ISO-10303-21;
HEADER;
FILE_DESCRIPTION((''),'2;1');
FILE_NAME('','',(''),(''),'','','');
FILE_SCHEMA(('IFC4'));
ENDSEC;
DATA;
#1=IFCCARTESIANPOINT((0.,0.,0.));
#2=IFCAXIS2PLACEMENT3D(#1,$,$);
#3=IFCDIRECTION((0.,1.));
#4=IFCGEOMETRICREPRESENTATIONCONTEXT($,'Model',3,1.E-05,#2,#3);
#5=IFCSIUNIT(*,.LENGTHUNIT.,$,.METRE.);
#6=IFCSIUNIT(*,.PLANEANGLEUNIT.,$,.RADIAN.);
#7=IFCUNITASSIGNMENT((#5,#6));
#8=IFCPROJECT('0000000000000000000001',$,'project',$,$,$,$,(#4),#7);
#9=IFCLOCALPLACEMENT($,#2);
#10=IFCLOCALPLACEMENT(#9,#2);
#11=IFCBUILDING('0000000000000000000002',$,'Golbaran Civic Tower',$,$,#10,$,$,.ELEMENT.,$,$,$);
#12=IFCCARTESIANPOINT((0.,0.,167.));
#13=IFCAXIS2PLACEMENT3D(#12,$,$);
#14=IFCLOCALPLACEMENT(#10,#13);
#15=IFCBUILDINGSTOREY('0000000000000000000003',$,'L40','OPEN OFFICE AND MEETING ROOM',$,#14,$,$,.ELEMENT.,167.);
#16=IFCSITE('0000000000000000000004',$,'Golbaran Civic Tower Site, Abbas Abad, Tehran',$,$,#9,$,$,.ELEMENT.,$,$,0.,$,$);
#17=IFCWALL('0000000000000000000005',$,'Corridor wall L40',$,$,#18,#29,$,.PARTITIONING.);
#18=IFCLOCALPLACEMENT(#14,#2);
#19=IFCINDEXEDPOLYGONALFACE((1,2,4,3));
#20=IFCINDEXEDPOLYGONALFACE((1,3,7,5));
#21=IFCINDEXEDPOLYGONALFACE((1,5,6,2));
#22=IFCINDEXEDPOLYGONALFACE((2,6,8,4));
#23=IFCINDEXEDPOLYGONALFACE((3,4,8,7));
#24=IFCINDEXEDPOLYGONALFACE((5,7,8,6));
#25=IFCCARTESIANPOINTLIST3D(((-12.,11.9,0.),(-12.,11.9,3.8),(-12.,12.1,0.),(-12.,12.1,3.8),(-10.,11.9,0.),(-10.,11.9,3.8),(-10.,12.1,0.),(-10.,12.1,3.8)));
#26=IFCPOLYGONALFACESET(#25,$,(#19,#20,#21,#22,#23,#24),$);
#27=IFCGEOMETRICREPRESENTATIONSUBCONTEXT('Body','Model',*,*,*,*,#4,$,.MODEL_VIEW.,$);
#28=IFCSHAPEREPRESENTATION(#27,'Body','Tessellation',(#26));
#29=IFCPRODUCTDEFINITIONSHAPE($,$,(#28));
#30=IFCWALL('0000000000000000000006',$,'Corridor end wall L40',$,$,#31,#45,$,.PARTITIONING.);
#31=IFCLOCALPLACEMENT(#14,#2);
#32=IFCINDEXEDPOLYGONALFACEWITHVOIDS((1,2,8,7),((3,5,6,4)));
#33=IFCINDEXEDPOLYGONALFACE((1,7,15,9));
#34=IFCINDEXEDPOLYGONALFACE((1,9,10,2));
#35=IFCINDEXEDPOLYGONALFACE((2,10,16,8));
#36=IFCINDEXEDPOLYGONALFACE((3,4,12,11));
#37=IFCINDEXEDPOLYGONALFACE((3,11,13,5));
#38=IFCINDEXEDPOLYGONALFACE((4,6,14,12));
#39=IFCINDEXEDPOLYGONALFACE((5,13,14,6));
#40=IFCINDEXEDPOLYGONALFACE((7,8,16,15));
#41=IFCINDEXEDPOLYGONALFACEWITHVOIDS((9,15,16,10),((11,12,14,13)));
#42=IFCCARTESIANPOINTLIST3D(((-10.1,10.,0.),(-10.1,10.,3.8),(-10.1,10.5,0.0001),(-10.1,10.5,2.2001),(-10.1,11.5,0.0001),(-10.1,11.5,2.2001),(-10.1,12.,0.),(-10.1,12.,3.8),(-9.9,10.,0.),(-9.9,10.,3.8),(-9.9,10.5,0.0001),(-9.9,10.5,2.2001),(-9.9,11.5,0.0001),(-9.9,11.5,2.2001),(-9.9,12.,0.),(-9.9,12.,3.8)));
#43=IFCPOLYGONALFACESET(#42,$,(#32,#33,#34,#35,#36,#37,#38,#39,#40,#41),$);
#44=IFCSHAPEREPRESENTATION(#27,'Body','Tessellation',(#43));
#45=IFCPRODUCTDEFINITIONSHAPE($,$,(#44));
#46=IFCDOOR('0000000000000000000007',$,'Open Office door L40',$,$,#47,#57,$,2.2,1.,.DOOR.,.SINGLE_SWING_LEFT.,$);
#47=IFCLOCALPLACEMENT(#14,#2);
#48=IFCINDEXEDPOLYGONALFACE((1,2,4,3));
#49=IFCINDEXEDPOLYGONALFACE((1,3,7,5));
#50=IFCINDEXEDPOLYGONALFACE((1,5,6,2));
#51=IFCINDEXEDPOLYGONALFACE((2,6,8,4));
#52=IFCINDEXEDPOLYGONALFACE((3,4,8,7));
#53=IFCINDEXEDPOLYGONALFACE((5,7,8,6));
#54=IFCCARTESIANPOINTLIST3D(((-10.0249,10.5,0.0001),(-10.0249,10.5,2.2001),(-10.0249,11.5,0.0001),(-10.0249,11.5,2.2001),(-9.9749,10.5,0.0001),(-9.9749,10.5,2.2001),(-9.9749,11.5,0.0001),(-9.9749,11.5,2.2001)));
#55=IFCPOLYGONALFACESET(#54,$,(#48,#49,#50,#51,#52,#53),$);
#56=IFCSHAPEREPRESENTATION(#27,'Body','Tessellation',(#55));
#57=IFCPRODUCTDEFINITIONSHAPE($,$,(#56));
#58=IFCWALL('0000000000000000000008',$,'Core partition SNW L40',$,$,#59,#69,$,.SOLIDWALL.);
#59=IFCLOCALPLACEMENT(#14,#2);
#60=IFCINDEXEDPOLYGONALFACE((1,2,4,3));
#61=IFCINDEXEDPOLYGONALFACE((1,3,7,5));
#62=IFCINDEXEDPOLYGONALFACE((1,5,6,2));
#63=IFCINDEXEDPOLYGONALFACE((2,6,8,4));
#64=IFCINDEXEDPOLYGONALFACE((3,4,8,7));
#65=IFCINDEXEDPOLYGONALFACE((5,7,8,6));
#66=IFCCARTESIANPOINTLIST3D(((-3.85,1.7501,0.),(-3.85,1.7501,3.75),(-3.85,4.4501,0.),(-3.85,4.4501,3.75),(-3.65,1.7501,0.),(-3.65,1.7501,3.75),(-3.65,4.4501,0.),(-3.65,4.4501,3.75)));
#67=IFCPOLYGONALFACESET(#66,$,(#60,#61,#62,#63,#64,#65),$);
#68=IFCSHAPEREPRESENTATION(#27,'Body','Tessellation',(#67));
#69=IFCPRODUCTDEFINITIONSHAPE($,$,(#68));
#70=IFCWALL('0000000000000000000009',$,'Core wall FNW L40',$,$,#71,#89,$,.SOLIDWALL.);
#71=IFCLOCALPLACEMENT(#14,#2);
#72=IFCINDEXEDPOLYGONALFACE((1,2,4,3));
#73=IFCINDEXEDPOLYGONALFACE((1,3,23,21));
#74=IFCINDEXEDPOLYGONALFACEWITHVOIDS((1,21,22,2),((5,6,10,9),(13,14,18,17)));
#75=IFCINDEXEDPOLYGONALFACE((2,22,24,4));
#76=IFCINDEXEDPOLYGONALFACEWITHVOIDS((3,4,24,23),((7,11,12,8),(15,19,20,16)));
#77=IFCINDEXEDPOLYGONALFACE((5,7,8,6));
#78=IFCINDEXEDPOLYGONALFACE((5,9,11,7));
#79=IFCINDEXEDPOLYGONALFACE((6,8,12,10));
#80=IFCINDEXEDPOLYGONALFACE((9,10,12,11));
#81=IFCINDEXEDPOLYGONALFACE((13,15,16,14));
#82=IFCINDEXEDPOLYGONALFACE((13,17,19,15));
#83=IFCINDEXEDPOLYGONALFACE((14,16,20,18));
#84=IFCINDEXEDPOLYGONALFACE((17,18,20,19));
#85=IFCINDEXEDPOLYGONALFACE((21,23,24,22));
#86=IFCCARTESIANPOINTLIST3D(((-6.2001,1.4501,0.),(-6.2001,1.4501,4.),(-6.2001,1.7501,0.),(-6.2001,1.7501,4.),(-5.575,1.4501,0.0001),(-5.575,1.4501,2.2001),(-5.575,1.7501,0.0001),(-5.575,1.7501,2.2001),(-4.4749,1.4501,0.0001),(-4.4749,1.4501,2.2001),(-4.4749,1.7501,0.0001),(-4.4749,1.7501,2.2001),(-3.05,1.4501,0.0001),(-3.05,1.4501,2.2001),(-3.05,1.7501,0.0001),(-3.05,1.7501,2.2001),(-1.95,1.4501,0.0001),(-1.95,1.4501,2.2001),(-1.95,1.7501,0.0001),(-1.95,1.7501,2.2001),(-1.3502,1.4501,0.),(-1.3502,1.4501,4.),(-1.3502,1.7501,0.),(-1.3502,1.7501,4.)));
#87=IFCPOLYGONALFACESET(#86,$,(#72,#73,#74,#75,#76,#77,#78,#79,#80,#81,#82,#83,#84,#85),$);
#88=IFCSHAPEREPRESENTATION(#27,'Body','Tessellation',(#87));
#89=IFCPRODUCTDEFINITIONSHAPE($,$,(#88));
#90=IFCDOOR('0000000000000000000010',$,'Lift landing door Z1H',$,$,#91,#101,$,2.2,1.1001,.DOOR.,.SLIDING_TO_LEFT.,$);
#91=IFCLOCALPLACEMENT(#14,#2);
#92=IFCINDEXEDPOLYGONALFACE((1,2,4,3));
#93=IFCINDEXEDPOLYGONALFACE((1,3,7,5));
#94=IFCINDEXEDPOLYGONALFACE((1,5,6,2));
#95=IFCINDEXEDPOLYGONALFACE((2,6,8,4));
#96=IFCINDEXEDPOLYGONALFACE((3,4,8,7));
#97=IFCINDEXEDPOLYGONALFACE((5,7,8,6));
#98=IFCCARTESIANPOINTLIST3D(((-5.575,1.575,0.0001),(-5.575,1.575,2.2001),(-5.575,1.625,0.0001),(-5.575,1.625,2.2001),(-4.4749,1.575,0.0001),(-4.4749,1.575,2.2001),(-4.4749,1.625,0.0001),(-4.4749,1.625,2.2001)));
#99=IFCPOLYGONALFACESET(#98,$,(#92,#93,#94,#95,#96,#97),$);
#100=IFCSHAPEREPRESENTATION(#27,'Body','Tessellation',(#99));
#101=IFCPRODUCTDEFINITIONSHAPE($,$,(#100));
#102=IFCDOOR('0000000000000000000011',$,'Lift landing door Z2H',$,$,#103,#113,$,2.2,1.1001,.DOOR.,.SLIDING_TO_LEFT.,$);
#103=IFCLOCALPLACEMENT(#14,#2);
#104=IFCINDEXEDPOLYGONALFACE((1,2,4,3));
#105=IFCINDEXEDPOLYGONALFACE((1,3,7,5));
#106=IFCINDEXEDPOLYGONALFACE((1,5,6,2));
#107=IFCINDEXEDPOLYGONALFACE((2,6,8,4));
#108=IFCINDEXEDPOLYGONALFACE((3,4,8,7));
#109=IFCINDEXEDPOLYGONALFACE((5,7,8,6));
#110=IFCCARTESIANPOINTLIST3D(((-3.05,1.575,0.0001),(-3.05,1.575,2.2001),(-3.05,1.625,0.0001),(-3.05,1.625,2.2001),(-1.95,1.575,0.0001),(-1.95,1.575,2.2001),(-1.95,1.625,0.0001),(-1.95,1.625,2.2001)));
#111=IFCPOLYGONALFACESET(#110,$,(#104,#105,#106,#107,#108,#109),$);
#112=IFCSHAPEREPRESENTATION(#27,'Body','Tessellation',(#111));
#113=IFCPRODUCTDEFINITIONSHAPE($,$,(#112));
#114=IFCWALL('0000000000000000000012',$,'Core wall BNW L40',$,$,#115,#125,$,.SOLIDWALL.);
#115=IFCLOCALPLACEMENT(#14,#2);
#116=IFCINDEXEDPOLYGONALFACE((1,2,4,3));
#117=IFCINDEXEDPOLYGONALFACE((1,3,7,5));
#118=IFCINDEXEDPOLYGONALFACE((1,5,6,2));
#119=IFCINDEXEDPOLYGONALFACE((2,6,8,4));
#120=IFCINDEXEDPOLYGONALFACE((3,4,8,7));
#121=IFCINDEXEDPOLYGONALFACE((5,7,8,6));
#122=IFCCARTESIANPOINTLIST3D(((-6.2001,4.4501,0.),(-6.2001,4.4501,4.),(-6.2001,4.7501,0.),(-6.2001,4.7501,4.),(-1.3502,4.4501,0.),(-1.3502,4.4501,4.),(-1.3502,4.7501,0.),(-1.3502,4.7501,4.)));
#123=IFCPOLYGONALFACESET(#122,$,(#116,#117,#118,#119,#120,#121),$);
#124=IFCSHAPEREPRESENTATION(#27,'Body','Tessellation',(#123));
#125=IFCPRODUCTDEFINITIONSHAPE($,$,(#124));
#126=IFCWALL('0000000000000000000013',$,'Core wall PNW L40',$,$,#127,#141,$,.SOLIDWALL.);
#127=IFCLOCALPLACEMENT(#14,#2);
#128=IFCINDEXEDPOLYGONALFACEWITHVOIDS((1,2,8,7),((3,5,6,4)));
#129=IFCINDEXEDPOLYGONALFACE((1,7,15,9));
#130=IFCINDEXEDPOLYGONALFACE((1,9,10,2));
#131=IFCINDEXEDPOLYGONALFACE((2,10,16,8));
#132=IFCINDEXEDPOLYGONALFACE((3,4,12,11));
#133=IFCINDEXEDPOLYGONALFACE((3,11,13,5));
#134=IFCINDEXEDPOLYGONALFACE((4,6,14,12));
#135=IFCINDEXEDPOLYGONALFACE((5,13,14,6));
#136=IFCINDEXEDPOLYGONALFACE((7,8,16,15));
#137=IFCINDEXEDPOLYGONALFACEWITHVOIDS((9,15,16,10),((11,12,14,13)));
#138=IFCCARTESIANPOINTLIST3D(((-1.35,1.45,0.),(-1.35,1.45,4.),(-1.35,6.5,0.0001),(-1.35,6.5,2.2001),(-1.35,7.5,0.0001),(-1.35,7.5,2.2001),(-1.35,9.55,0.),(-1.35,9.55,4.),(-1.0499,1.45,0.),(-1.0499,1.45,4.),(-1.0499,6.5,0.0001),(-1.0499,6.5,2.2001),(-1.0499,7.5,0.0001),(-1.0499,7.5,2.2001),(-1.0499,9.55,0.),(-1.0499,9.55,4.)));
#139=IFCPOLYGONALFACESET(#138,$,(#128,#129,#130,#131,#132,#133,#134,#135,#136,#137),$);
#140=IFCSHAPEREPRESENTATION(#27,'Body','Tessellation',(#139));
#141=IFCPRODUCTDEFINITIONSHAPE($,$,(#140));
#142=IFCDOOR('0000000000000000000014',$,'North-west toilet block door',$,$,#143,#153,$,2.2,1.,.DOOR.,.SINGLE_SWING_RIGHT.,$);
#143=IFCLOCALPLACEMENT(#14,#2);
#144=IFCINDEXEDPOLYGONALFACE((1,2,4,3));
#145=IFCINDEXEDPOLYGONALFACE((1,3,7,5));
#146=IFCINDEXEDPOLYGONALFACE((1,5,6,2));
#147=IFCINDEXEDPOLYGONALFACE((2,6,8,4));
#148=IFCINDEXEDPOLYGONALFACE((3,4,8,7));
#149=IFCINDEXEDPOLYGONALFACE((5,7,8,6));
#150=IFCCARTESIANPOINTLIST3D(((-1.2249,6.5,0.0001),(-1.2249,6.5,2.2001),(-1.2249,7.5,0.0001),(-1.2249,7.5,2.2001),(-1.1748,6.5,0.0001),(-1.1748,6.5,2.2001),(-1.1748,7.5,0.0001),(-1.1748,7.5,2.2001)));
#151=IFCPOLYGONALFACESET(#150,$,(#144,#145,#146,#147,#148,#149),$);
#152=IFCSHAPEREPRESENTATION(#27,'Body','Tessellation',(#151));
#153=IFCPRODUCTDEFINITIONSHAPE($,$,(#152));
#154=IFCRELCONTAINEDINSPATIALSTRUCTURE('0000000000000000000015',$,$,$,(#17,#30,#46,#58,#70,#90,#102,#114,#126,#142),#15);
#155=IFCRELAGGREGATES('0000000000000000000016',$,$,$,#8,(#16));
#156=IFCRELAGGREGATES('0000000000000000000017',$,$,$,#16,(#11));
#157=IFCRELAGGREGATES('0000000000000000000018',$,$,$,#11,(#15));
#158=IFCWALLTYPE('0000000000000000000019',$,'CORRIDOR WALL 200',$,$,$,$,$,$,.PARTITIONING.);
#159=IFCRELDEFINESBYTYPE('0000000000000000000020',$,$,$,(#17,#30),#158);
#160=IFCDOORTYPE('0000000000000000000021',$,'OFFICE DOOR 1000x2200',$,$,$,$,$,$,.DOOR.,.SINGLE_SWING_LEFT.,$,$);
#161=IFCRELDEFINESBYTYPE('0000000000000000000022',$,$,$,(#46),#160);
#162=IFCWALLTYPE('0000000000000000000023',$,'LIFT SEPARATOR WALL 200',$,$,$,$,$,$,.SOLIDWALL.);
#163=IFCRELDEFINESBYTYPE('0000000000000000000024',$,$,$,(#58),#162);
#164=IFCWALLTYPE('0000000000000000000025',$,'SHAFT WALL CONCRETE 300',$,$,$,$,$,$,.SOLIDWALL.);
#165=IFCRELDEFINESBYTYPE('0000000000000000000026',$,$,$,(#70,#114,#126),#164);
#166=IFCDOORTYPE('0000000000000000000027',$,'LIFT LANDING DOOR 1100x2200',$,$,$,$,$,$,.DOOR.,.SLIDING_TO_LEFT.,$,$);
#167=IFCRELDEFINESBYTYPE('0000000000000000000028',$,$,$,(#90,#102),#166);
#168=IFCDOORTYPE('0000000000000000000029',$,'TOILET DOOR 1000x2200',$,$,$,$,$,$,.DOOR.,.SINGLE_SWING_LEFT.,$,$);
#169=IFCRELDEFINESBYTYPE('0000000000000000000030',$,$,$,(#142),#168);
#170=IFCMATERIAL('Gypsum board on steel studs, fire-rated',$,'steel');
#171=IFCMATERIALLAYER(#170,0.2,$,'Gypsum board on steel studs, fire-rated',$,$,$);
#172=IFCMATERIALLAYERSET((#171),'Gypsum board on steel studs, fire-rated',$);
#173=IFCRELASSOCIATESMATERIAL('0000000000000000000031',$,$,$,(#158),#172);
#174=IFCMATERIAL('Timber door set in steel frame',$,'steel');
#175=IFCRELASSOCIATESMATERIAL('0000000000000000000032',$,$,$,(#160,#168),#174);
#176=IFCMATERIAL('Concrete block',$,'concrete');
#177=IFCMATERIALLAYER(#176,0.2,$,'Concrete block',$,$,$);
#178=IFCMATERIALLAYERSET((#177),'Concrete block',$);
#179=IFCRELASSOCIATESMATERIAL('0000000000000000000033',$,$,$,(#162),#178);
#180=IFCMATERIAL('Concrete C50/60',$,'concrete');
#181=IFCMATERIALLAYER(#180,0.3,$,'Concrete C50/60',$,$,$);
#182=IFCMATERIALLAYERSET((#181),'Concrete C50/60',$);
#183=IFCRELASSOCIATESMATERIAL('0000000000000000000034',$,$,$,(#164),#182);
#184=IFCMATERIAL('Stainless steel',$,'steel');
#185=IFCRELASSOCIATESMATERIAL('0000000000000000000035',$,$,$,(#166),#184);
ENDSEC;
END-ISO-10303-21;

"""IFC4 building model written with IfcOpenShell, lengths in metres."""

from ifc_helpers import new_model, si_unit, direction, frame, frame_2d, origin, place, context, subcontext, project, spatial, rectangle, extrude, material, layer, layer_set, type_object, element, fill, save


model = new_model("IFC4")

# Units and contexts
model_context = context("Model", 3, precision=1e-05, world=origin(), true_north=direction((0.0, 1.0)))
body_context = subcontext(model_context, "Body", "Model", "MODEL_VIEW")
ifc_project = project(units=[si_unit("LENGTHUNIT", "METRE"), si_unit("PLANEANGLEUNIT", "RADIAN")], contexts=[model_context])

# Site, building, storey
site_placement = place(None, origin())
site = spatial("IfcSite", under=ifc_project, at=site_placement, Name="Golbaran Civic Tower Site, Abbas Abad, Tehran", CompositionType="ELEMENT", RefElevation=0.0)
building_placement = place(site_placement, origin())
building = spatial("IfcBuilding", under=site, at=building_placement, Name="Golbaran Civic Tower", CompositionType="ELEMENT")
storey_placement = place(building_placement, frame((0.0, 0.0, 167.0)))
storey = spatial("IfcBuildingStorey", under=building, at=storey_placement, Name="L40", Description="OPEN OFFICE AND MEETING ROOM", CompositionType="ELEMENT", Elevation=167.0)

# Shared definitions
ifc_material_1 = material(Name="Concrete C50/60", Category="concrete")
ifc_material_2 = material(Name="Timber door set in steel frame", Category="steel")

# Wall
ifc_material_3 = material(Name="Gypsum board on steel studs, fire-rated", Category="steel")
ifc_layer_1 = layer(ifc_material_3, 0.2, Name="Gypsum board on steel studs, fire-rated")
ifc_layer_set_1 = layer_set([ifc_layer_1], Name="Gypsum board on steel studs, fire-rated")
wall_type_1 = type_object("IfcWallType", Name="CORRIDOR WALL 200", PredefinedType="PARTITIONING", material=ifc_layer_set_1)
wall_1_placement = place(storey_placement, frame((-10.0, 12.0, 0.0), z_axis=(0.0, 0.0, 1.0), x_axis=(-1.0, 0.0, 0.0)))
element("IfcWall", 1, at=wall_1_placement, inside=storey, type_object=wall_type_1, Name="Corridor wall L40", PredefinedType="PARTITIONING", context=body_context, shape_type="SweptSolid", body=[
    extrude(rectangle(XDim=2.0, YDim=0.2, at=frame_2d((1.0, 0.0))), origin(), (0.0, 0.0, 1.0), 3.8),
])

# Wall, opening, door
wall_2_placement = place(storey_placement, frame((-10.0, 10.0, 0.0), z_axis=(0.0, 0.0, 1.0), x_axis=(0.0, 1.0, 0.0)))
wall_2 = element("IfcWall", 2, at=wall_2_placement, inside=storey, type_object=wall_type_1, Name="Corridor end wall L40", PredefinedType="PARTITIONING", context=body_context, shape_type="SweptSolid", body=[
    extrude(rectangle(XDim=2.0, YDim=0.2, at=frame_2d((1.0, 0.0))), origin(), (0.0, 0.0, 1.0), 3.8),
])
opening_1_placement = place(wall_2_placement, frame((0.5, 0.0, 0.0)))
opening_1 = element("IfcOpeningElement", 3, at=opening_1_placement, cuts=wall_2, PredefinedType="OPENING", context=body_context, shape_type="SweptSolid", body=[
    extrude(rectangle(XDim=1.0, YDim=2.2, at=frame_2d((0.5, 1.1001))), frame((0.0, 0.1099, 0.0), z_axis=(0.0, -1.0, 0.0), x_axis=(1.0, 0.0, 0.0)), (0.0, 0.0, 1.0), 0.22),
])
door_type_1 = type_object("IfcDoorType", Name="OFFICE DOOR 1000x2200", OperationType="SINGLE_SWING_LEFT", PredefinedType="DOOR", material=ifc_material_2)
door_1_placement = place(opening_1_placement, origin())
door_1 = element("IfcDoor", 4, at=door_1_placement, inside=storey, type_object=door_type_1, Name="Open Office door L40", OperationType="SINGLE_SWING_LEFT", OverallHeight=2.2, OverallWidth=1.0, PredefinedType="DOOR", context=body_context, shape_type="SweptSolid", body=[
    extrude(rectangle(XDim=1.0, YDim=2.2, at=frame_2d((0.5, 1.1001))), frame((0.0, 0.0249, 0.0), z_axis=(0.0, -1.0, 0.0), x_axis=(1.0, 0.0, 0.0)), (0.0, 0.0, 1.0), 0.05),
])
fill(opening_1, door_1)

# Wall
ifc_material_4 = material(Name="Concrete block", Category="concrete")
ifc_layer_2 = layer(ifc_material_4, 0.2, Name="Concrete block")
ifc_layer_set_2 = layer_set([ifc_layer_2], Name="Concrete block")
wall_type_2 = type_object("IfcWallType", Name="LIFT SEPARATOR WALL 200", PredefinedType="SOLIDWALL", material=ifc_layer_set_2)
wall_3_placement = place(storey_placement, frame((-3.75, 1.75, 0.0), z_axis=(0.0, 0.0, 1.0), x_axis=(0.0, 1.0, 0.0)))
element("IfcWall", 5, at=wall_3_placement, inside=storey, type_object=wall_type_2, Name="Core partition SNW L40", PredefinedType="SOLIDWALL", context=body_context, shape_type="SweptSolid", body=[
    extrude(rectangle(XDim=2.7, YDim=0.2, at=frame_2d((1.3501, 0.0))), origin(), (0.0, 0.0, 1.0), 3.75),
])

# Wall, openings, doors
ifc_layer_3 = layer(ifc_material_1, 0.3, Name="Concrete C50/60")
ifc_layer_set_3 = layer_set([ifc_layer_3], Name="Concrete C50/60")
wall_type_3 = type_object("IfcWallType", Name="SHAFT WALL CONCRETE 300", PredefinedType="SOLIDWALL", material=ifc_layer_set_3)
wall_4_placement = place(storey_placement, frame((-6.2, 1.6001, 0.0), z_axis=(0.0, 0.0, 1.0), x_axis=(1.0, 0.0, 0.0)))
wall_4 = element("IfcWall", 6, at=wall_4_placement, inside=storey, type_object=wall_type_3, Name="Core wall FNW L40", PredefinedType="SOLIDWALL", context=body_context, shape_type="SweptSolid", body=[
    extrude(rectangle(XDim=4.8499, YDim=0.3, at=frame_2d((2.4248, 0.0))), origin(), (0.0, 0.0, 1.0), 4.0),
])
opening_2_placement = place(wall_4_placement, frame((0.625, 0.0, 0.0)))
opening_2 = element("IfcOpeningElement", 7, at=opening_2_placement, cuts=wall_4, PredefinedType="OPENING", context=body_context, shape_type="SweptSolid", body=[
    extrude(rectangle(XDim=1.1001, YDim=2.2, at=frame_2d((0.55, 1.1001))), frame((0.0, 0.1599, 0.0), z_axis=(0.0, -1.0, 0.0), x_axis=(1.0, 0.0, 0.0)), (0.0, 0.0, 1.0), 0.3201),
])
opening_3_placement = place(wall_4_placement, frame((3.1499, 0.0, 0.0)))
opening_3 = element("IfcOpeningElement", 8, at=opening_3_placement, cuts=wall_4, PredefinedType="OPENING", context=body_context, shape_type="SweptSolid", body=[
    extrude(rectangle(XDim=1.1001, YDim=2.2, at=frame_2d((0.55, 1.1001))), frame((0.0, 0.1599, 0.0), z_axis=(0.0, -1.0, 0.0), x_axis=(1.0, 0.0, 0.0)), (0.0, 0.0, 1.0), 0.3201),
])
ifc_material_5 = material(Name="Stainless steel", Category="steel")
door_type_2 = type_object("IfcDoorType", Name="LIFT LANDING DOOR 1100x2200", OperationType="SLIDING_TO_LEFT", PredefinedType="DOOR", material=ifc_material_5)
door_2_placement = place(opening_2_placement, origin())
door_2 = element("IfcDoor", 9, at=door_2_placement, inside=storey, type_object=door_type_2, Name="Lift landing door Z1H", OperationType="SLIDING_TO_LEFT", OverallHeight=2.2, OverallWidth=1.1001, PredefinedType="DOOR", context=body_context, shape_type="SweptSolid", body=[
    extrude(rectangle(XDim=1.1001, YDim=2.2, at=frame_2d((0.55, 1.1001))), frame((0.0, 0.0249, 0.0), z_axis=(0.0, -1.0, 0.0), x_axis=(1.0, 0.0, 0.0)), (0.0, 0.0, 1.0), 0.05),
])
fill(opening_2, door_2)
door_3_placement = place(opening_3_placement, origin())
door_3 = element("IfcDoor", 10, at=door_3_placement, inside=storey, type_object=door_type_2, Name="Lift landing door Z2H", OperationType="SLIDING_TO_LEFT", OverallHeight=2.2, OverallWidth=1.1001, PredefinedType="DOOR", context=body_context, shape_type="SweptSolid", body=[
    extrude(rectangle(XDim=1.1001, YDim=2.2, at=frame_2d((0.55, 1.1001))), frame((0.0, 0.0249, 0.0), z_axis=(0.0, -1.0, 0.0), x_axis=(1.0, 0.0, 0.0)), (0.0, 0.0, 1.0), 0.05),
])
fill(opening_3, door_3)

# Wall
wall_5_placement = place(storey_placement, frame((-6.2, 4.6001, 0.0), z_axis=(0.0, 0.0, 1.0), x_axis=(1.0, 0.0, 0.0)))
element("IfcWall", 11, at=wall_5_placement, inside=storey, type_object=wall_type_3, Name="Core wall BNW L40", PredefinedType="SOLIDWALL", context=body_context, shape_type="SweptSolid", body=[
    extrude(rectangle(XDim=4.8499, YDim=0.3, at=frame_2d((2.4248, 0.0))), origin(), (0.0, 0.0, 1.0), 4.0),
])

# Wall, opening, door
wall_6_placement = place(storey_placement, frame((-1.2, 1.45, 0.0), z_axis=(0.0, 0.0, 1.0), x_axis=(0.0, 1.0, 0.0)))
wall_6 = element("IfcWall", 12, at=wall_6_placement, inside=storey, type_object=wall_type_3, Name="Core wall PNW L40", PredefinedType="SOLIDWALL", context=body_context, shape_type="SweptSolid", body=[
    extrude(rectangle(XDim=8.1001, YDim=0.3, at=frame_2d((4.05, 0.0))), origin(), (0.0, 0.0, 1.0), 4.0),
])
opening_4_placement = place(wall_6_placement, frame((5.05, 0.0, 0.0)))
opening_4 = element("IfcOpeningElement", 13, at=opening_4_placement, cuts=wall_6, PredefinedType="OPENING", context=body_context, shape_type="SweptSolid", body=[
    extrude(rectangle(XDim=1.0, YDim=2.2, at=frame_2d((0.5, 1.1001))), frame((0.0, 0.1599, 0.0), z_axis=(0.0, -1.0, 0.0), x_axis=(1.0, 0.0, 0.0)), (0.0, 0.0, 1.0), 0.3201),
])
door_type_3 = type_object("IfcDoorType", Name="TOILET DOOR 1000x2200", OperationType="SINGLE_SWING_LEFT", PredefinedType="DOOR", material=ifc_material_2)
door_4_placement = place(opening_4_placement, origin())
door_4 = element("IfcDoor", 14, at=door_4_placement, inside=storey, type_object=door_type_3, Name="North-west toilet block door", OperationType="SINGLE_SWING_RIGHT", OverallHeight=2.2, OverallWidth=1.0, PredefinedType="DOOR", context=body_context, shape_type="SweptSolid", body=[
    extrude(rectangle(XDim=1.0, YDim=2.2, at=frame_2d((0.5, 1.1001))), frame((0.0, 0.0249, 0.0), z_axis=(0.0, -1.0, 0.0), x_axis=(1.0, 0.0, 0.0)), (0.0, 0.0, 1.0), 0.05),
])
fill(opening_4, door_4)

save(model, "model.ifc")
